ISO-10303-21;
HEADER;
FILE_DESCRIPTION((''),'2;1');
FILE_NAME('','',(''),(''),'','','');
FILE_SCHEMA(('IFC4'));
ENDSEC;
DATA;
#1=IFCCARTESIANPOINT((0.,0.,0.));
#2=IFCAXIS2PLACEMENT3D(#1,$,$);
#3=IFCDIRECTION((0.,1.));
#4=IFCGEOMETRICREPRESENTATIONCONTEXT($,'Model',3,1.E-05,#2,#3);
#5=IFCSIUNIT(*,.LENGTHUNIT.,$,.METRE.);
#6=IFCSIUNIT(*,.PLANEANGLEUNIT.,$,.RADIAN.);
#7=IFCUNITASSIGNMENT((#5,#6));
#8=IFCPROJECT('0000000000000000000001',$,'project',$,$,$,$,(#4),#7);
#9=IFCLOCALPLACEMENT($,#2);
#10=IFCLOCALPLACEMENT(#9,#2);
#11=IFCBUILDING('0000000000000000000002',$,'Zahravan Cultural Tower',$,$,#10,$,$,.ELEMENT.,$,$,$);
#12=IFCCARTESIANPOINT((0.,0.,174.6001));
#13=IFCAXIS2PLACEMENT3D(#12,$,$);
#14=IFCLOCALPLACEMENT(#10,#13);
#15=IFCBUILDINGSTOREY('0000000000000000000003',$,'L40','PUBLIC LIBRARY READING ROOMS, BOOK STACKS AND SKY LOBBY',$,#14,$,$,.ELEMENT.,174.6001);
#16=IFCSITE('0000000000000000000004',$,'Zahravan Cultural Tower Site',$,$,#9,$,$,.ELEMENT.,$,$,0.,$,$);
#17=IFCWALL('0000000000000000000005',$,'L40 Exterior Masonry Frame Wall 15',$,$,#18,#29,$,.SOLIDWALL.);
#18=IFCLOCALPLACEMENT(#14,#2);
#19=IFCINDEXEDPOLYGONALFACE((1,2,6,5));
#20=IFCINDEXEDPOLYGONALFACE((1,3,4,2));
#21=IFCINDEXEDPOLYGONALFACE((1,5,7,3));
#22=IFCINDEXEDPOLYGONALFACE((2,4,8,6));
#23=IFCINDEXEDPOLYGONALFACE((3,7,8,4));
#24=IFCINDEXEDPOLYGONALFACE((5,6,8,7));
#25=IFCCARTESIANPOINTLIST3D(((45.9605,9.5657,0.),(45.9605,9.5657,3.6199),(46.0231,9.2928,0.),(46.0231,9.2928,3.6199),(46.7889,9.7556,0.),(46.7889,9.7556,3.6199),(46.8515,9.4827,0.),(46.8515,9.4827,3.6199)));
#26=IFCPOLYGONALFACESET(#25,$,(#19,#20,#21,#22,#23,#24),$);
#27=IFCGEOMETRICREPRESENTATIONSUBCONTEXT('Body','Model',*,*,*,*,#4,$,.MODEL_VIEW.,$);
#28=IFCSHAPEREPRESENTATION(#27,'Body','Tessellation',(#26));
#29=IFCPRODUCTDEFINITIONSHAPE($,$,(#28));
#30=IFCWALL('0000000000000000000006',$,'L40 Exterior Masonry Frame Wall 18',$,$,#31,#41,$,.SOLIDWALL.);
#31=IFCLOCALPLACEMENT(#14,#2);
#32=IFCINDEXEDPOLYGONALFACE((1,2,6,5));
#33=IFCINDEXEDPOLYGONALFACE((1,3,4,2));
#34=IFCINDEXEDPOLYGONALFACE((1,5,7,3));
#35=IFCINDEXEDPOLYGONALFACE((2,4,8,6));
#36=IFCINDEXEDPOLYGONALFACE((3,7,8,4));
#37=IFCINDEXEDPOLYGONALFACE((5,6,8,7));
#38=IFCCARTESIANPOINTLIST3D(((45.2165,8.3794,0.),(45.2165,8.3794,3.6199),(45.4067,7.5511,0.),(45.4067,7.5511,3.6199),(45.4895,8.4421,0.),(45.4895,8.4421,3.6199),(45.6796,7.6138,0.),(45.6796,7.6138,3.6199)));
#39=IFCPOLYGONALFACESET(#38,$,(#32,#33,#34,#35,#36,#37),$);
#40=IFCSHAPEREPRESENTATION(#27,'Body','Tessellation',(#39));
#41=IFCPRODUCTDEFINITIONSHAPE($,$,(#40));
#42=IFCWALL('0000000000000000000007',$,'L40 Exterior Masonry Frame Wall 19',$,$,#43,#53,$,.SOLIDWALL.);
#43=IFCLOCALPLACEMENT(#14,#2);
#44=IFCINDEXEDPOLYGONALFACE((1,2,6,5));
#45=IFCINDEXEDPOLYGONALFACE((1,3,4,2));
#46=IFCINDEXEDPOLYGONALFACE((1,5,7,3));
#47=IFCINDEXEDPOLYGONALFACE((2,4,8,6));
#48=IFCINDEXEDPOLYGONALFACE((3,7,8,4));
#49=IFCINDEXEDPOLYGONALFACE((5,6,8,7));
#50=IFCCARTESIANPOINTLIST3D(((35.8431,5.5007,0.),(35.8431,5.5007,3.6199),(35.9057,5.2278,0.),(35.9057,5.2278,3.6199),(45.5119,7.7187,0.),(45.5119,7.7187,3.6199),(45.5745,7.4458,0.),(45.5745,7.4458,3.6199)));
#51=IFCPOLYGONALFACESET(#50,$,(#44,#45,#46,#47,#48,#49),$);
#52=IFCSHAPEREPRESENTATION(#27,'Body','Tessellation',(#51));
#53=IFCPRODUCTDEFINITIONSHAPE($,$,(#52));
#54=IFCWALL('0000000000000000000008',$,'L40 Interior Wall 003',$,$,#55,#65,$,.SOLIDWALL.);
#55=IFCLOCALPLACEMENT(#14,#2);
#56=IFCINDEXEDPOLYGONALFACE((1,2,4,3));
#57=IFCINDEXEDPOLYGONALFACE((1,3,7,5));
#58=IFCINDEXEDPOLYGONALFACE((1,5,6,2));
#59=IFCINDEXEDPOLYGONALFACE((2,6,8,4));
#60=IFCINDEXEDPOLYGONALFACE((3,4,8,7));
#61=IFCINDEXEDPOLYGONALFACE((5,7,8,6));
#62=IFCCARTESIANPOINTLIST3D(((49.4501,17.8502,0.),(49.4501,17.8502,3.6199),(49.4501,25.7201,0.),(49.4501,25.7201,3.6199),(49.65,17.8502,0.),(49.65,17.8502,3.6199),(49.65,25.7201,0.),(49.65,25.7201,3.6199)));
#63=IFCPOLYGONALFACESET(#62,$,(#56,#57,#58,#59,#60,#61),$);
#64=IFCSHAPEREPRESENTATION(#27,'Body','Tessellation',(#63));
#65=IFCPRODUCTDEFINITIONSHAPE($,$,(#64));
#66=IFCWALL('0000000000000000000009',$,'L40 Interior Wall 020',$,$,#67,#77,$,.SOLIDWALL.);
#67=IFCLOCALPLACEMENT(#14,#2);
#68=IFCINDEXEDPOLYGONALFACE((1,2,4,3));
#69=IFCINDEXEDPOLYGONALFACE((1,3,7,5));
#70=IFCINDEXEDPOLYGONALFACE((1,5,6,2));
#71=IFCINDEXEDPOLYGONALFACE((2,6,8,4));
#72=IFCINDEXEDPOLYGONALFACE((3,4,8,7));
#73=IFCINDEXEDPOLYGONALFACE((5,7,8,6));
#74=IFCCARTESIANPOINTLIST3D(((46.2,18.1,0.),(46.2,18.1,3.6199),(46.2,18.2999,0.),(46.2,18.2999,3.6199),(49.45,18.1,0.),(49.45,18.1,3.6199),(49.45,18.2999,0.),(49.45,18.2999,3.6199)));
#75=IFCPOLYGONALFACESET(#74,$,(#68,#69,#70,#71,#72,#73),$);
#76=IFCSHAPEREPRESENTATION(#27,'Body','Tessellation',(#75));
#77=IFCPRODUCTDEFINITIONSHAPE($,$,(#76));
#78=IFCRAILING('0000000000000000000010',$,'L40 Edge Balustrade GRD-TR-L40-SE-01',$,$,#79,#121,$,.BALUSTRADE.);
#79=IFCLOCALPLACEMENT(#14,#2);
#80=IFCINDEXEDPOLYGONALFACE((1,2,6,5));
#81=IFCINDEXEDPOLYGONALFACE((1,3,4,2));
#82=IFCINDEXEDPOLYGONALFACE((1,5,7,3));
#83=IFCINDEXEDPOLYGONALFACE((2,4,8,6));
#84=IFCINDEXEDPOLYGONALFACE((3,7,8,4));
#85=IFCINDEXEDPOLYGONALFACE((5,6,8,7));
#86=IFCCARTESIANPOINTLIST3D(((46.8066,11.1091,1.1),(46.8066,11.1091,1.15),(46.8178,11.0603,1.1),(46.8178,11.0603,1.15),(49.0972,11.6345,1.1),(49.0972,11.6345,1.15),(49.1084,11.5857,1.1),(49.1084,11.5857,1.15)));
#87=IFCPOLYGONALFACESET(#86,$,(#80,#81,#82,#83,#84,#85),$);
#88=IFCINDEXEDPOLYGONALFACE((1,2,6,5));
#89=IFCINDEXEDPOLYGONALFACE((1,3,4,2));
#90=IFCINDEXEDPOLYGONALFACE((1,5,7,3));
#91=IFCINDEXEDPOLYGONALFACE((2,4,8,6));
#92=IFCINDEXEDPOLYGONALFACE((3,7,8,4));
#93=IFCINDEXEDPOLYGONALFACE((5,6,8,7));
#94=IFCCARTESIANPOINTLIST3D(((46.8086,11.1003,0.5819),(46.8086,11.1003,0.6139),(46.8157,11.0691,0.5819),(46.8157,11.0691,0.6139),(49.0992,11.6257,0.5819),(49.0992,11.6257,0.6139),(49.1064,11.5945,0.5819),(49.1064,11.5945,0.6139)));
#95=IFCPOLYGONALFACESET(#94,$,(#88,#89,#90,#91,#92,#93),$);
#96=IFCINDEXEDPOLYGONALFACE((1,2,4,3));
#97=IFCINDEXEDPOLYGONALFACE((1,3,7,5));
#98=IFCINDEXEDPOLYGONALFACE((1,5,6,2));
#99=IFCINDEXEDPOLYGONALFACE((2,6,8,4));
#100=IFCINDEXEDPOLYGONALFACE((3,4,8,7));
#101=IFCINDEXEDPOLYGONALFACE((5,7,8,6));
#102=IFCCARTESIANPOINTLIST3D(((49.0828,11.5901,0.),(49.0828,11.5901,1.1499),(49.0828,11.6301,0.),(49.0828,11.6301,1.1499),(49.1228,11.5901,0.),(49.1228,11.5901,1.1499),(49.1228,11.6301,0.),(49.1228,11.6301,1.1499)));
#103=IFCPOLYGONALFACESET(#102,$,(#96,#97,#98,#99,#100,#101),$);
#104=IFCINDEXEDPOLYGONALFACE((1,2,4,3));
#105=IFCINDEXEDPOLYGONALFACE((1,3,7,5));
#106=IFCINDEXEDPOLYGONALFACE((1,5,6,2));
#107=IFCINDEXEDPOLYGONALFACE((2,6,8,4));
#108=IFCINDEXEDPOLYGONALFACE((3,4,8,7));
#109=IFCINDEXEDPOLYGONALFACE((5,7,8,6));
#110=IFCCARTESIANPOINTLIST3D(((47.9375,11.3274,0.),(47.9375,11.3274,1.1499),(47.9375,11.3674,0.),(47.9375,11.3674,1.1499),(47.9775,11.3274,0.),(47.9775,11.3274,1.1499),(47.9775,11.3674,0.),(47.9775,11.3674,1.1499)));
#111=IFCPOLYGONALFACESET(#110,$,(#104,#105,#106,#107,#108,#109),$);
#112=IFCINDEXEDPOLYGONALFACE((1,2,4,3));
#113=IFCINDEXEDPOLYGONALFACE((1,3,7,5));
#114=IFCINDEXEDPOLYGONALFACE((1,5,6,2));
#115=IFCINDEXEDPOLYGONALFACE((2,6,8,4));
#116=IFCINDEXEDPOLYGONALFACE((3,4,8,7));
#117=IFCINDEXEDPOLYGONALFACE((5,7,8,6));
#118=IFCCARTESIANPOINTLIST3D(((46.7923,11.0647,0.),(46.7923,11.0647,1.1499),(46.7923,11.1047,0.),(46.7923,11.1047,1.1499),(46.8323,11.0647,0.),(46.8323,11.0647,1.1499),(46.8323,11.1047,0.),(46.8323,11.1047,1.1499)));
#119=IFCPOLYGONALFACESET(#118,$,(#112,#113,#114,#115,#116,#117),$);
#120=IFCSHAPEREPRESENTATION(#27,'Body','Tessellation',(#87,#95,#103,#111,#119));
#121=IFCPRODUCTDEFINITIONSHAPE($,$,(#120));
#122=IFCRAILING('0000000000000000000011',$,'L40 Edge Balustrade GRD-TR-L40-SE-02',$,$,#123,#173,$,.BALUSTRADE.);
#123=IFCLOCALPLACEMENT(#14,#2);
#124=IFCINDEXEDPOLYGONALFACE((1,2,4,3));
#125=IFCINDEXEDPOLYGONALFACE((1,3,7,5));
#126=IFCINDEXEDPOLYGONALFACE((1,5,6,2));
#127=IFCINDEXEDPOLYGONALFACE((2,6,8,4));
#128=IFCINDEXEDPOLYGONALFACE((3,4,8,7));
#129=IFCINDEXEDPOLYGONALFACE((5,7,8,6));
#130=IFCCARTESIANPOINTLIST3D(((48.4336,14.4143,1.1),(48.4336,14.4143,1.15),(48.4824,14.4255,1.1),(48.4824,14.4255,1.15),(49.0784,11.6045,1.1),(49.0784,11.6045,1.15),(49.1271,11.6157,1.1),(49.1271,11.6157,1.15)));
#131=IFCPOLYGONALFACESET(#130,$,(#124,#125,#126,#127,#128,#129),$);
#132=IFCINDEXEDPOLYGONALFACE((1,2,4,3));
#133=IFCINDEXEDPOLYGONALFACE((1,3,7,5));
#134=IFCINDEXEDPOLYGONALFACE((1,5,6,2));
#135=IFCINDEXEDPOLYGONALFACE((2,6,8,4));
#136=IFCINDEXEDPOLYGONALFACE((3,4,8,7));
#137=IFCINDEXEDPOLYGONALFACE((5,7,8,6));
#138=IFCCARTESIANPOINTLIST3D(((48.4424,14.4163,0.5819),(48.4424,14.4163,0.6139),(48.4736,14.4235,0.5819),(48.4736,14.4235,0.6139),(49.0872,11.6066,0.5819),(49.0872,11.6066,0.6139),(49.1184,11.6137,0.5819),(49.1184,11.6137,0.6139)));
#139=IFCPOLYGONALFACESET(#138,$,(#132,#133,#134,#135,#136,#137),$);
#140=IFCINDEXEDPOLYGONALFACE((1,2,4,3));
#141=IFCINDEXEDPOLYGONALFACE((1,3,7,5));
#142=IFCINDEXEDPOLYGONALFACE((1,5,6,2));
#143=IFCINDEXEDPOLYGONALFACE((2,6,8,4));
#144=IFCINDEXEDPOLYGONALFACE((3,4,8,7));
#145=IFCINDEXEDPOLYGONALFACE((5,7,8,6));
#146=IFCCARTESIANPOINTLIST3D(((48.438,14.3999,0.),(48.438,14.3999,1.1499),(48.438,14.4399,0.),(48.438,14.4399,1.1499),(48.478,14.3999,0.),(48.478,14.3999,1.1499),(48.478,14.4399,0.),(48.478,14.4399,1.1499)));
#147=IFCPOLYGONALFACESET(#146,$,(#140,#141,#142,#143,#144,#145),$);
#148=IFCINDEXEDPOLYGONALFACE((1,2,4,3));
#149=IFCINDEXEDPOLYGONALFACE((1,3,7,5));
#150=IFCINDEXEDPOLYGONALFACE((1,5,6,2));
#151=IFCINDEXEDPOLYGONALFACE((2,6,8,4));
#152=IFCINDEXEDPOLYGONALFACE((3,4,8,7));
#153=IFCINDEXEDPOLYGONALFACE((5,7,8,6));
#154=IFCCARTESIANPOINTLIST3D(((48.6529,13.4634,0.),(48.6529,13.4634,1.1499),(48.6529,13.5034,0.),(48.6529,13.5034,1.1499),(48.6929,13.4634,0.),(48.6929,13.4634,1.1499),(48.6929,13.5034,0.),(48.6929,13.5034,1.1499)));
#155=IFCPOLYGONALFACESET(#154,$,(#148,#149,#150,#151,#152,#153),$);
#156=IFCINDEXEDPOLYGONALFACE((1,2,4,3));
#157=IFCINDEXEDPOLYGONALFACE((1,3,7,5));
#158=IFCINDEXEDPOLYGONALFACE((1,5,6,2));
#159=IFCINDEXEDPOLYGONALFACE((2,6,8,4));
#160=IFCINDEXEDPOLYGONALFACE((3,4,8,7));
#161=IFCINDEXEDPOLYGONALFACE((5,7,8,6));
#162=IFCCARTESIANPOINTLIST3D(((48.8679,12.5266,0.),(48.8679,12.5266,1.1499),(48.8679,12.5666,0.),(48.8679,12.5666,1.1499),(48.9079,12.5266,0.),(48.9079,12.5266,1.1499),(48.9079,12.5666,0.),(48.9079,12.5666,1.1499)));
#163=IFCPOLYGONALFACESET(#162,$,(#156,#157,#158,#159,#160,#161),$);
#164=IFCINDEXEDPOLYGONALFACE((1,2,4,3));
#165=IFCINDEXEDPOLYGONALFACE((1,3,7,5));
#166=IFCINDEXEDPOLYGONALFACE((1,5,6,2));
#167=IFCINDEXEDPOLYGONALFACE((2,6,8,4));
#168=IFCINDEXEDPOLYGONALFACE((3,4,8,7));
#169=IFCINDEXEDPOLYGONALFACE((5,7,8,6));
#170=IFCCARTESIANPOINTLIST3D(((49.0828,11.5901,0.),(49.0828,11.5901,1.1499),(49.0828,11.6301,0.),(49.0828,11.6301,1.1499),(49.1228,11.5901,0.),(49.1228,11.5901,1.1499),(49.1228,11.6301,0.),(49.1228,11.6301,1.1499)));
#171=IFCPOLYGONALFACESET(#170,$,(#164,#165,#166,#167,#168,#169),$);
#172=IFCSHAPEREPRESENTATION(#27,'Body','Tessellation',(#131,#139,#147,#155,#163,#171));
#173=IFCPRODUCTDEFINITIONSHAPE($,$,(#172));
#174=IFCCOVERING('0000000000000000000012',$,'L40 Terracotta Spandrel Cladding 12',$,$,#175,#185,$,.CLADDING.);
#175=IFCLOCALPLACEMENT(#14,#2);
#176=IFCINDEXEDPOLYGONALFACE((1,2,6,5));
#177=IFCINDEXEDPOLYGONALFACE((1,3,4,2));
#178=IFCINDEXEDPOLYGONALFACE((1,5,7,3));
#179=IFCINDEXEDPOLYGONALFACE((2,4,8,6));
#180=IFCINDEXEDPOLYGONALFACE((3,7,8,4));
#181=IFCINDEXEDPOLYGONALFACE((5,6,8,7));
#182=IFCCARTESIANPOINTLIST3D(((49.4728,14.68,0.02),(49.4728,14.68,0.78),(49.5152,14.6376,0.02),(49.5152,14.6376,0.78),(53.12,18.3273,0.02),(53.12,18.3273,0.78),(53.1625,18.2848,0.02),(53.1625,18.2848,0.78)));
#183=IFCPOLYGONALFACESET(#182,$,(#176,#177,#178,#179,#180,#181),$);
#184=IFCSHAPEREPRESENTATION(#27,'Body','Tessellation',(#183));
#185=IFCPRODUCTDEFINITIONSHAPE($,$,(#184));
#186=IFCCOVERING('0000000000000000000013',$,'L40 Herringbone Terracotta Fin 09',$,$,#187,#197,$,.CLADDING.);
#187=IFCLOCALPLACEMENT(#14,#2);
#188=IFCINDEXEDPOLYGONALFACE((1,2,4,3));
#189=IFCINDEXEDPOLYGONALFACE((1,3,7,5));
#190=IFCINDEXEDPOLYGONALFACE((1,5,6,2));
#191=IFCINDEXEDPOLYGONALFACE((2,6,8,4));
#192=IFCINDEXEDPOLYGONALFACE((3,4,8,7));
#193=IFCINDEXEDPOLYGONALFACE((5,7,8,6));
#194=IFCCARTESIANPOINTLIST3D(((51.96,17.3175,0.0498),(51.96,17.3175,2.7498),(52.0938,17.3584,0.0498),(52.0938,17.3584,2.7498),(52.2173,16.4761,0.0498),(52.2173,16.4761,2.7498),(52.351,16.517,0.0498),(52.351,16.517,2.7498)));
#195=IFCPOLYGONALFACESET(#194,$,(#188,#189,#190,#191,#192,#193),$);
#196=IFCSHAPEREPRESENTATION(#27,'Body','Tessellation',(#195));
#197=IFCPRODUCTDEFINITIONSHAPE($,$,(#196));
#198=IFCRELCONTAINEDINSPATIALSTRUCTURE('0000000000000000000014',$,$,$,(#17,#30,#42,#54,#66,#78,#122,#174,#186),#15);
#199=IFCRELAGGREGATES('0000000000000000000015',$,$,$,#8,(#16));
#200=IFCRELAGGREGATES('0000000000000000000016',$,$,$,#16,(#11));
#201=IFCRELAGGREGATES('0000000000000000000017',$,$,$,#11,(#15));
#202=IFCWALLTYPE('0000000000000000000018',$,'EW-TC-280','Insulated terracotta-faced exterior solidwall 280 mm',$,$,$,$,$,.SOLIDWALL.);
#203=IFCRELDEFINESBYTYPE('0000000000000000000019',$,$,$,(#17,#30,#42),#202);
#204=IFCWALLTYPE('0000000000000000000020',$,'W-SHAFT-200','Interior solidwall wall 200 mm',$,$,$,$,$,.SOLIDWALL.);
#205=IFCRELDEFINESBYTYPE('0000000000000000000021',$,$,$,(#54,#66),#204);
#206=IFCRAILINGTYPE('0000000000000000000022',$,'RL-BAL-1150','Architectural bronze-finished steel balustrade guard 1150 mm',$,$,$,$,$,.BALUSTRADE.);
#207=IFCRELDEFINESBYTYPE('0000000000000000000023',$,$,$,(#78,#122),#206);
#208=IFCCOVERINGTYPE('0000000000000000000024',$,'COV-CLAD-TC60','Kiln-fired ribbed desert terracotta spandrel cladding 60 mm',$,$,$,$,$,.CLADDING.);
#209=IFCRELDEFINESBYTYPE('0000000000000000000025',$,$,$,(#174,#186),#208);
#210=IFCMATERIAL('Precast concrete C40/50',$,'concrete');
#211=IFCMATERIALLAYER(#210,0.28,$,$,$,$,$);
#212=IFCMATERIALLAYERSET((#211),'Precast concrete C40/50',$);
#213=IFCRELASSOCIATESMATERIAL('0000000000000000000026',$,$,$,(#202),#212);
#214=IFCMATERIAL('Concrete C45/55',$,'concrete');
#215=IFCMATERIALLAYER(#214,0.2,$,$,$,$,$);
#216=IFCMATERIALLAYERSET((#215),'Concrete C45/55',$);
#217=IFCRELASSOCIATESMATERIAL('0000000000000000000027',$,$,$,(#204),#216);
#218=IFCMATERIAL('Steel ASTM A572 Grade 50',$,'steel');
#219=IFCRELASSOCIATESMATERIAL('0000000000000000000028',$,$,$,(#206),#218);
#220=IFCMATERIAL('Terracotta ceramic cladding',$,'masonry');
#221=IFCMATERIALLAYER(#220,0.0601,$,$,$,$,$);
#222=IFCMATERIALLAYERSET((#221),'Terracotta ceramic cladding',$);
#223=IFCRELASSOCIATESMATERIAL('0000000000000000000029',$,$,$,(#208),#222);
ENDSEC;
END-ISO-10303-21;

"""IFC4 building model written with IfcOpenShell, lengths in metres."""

from ifc_helpers import new_model, si_unit, direction, frame, frame_2d, origin, origin_2d, place, context, subcontext, project, spatial, rectangle, extrude, source, transform, mapped, material, layer, layer_set, type_object, element, save


model = new_model("IFC4")

# Units and contexts
model_context = context("Model", 3, precision=1e-05, world=origin(), true_north=direction((0.0, 1.0)))
body_context = subcontext(model_context, "Body", "Model", "MODEL_VIEW")
ifc_project = project(units=[si_unit("LENGTHUNIT", "METRE"), si_unit("PLANEANGLEUNIT", "RADIAN")], contexts=[model_context])

# Site, building, storey
site_placement = place(None, origin())
site = spatial("IfcSite", under=ifc_project, at=site_placement, Name="Zahravan Cultural Tower Site", CompositionType="ELEMENT", RefElevation=0.0)
building_placement = place(site_placement, origin())
building = spatial("IfcBuilding", under=site, at=building_placement, Name="Zahravan Cultural Tower", CompositionType="ELEMENT")
storey_placement = place(building_placement, frame((0.0, 0.0, 174.6001)))
storey = spatial("IfcBuildingStorey", under=building, at=storey_placement, Name="L40", Description="PUBLIC LIBRARY READING ROOMS, BOOK STACKS AND SKY LOBBY", CompositionType="ELEMENT", Elevation=174.6001)

# Shared definitions
ifc_material_1 = material(Name="Precast concrete C40/50", Category="concrete")
ifc_layer_1 = layer(ifc_material_1, 0.28)
ifc_layer_set_1 = layer_set([ifc_layer_1], Name="Precast concrete C40/50")
wall_type_1 = type_object("IfcWallType", Name="EW-TC-280", Description="Insulated terracotta-faced exterior solidwall 280 mm", PredefinedType="SOLIDWALL", material=ifc_layer_set_1)

# Shared definitions
ifc_material_2 = material(Name="Concrete C45/55", Category="concrete")
ifc_layer_2 = layer(ifc_material_2, 0.2)
ifc_layer_set_2 = layer_set([ifc_layer_2], Name="Concrete C45/55")
wall_type_2 = type_object("IfcWallType", Name="W-SHAFT-200", Description="Interior solidwall wall 200 mm", PredefinedType="SOLIDWALL", material=ifc_layer_set_2)
ifc_material_3 = material(Name="Steel ASTM A572 Grade 50", Category="steel")

# Walls
shared_shape_1 = source(origin(), body_context, "Body", "SweptSolid", [
    extrude(rectangle(XDim=0.8499, YDim=0.28, at=frame_2d((0.4248, 0.0))), origin(), (0.0, 0.0, 1.0), 3.6199),
])
for number, where, z_axis, x_axis, name in (
    (1, (46.8201, 9.6191, 0.0), (0.0, 0.0, 1.0), (-0.974705, -0.223496, 0.0), "L40 Exterior Masonry Frame Wall 15"),
    (2, (45.353, 8.4106, 0.0), (0.0, 0.0, 1.0), (0.223768, -0.974642, 0.0), "L40 Exterior Masonry Frame Wall 18"),
):
    element("IfcWall", number, at=place(storey_placement, frame(where, z_axis=z_axis, x_axis=x_axis)), inside=storey, type_object=wall_type_1, Name=name, PredefinedType="SOLIDWALL", context=body_context, shape_type="MappedRepresentation", body=[
        mapped(shared_shape_1, transform((0.0, 0.0, 0.0), x_axis=(1.0, 0.0, 0.0), y_axis=(0.0, 1.0, 0.0), z_axis=(0.0, 0.0, 1.0), scale=1.0)),
    ])
shared_shape_2 = source(origin(), body_context, "Body", "SweptSolid", [
    extrude(rectangle(XDim=9.9199, YDim=0.28, at=frame_2d((4.96, 0.0))), origin(), (0.0, 0.0, 1.0), 3.6199),
])
wall_1_placement = place(storey_placement, frame((45.5432, 7.5823, 0.0), z_axis=(0.0, 0.0, 1.0), x_axis=(-0.974682, -0.223594, 0.0)))
element("IfcWall", 3, at=wall_1_placement, inside=storey, type_object=wall_type_1, Name="L40 Exterior Masonry Frame Wall 19", PredefinedType="SOLIDWALL", context=body_context, shape_type="MappedRepresentation", body=[
    mapped(shared_shape_2, transform((0.0, 0.0, 0.0), x_axis=(1.0, 0.0, 0.0), y_axis=(0.0, 1.0, 0.0), z_axis=(0.0, 0.0, 1.0), scale=1.0)),
])
shared_shape_3 = source(origin(), body_context, "Body", "SweptSolid", [
    extrude(rectangle(XDim=7.8699, YDim=0.2, at=frame_2d((3.9351, 0.0))), origin(), (0.0, 0.0, 1.0), 3.6199),
])
wall_2_placement = place(storey_placement, frame((49.55, 17.8501, 0.0), z_axis=(0.0, 0.0, 1.0), x_axis=(0.0, 1.0, 0.0)))
element("IfcWall", 4, at=wall_2_placement, inside=storey, type_object=wall_type_2, Name="L40 Interior Wall 003", PredefinedType="SOLIDWALL", context=body_context, shape_type="MappedRepresentation", body=[
    mapped(shared_shape_3, transform((0.0, 0.0, 0.0), x_axis=(1.0, 0.0, 0.0), y_axis=(0.0, 1.0, 0.0), z_axis=(0.0, 0.0, 1.0), scale=1.0)),
])
shared_shape_4 = source(origin(), body_context, "Body", "SweptSolid", [
    extrude(rectangle(XDim=3.25, YDim=0.2, at=frame_2d((1.625, 0.0))), origin(), (0.0, 0.0, 1.0), 3.6199),
])
wall_3_placement = place(storey_placement, frame((46.2, 18.2, 0.0), z_axis=(0.0, 0.0, 1.0), x_axis=(1.0, 0.0, 0.0)))
element("IfcWall", 5, at=wall_3_placement, inside=storey, type_object=wall_type_2, Name="L40 Interior Wall 020", PredefinedType="SOLIDWALL", context=body_context, shape_type="MappedRepresentation", body=[
    mapped(shared_shape_4, transform((0.0, 0.0, 0.0), x_axis=(1.0, 0.0, 0.0), y_axis=(0.0, 1.0, 0.0), z_axis=(0.0, 0.0, 1.0), scale=1.0)),
])

# Railings
railing_type = type_object("IfcRailingType", Name="RL-BAL-1150", Description="Architectural bronze-finished steel balustrade guard 1150 mm", PredefinedType="BALUSTRADE", material=ifc_material_3)
railing_1_placement = place(storey_placement, frame((49.1028, 11.6101, 0.0)))
element("IfcRailing", 6, at=railing_1_placement, inside=storey, type_object=railing_type, Name="L40 Edge Balustrade GRD-TR-L40-SE-01", PredefinedType="BALUSTRADE", context=body_context, shape_type="SweptSolid", body=[
    extrude(rectangle(XDim=0.05, YDim=0.05, at=origin_2d()), frame((0.0, 0.0, 1.125), z_axis=(-0.974688, -0.223569, 0.0), x_axis=(0.223569, -0.974688, 0.0)), (0.0, 0.0, 1.0), 2.3501),
    extrude(rectangle(XDim=0.032, YDim=0.032, at=origin_2d()), frame((0.0, 0.0, 0.5979), z_axis=(-0.974688, -0.223569, 0.0), x_axis=(0.223569, -0.974688, 0.0)), (0.0, 0.0, 1.0), 2.3501),
    extrude(rectangle(XDim=0.04, YDim=0.04, at=origin_2d()), origin(), (0.0, 0.0, 1.0), 1.1499),
    extrude(rectangle(XDim=0.04, YDim=0.04, at=origin_2d()), frame((-1.1453, -0.2627, 0.0)), (0.0, 0.0, 1.0), 1.1499),
    extrude(rectangle(XDim=0.04, YDim=0.04, at=origin_2d()), frame((-2.2905, -0.5254, 0.0)), (0.0, 0.0, 1.0), 1.1499),
])
railing_2_placement = place(storey_placement, frame((48.458, 14.4199, 0.0)))
element("IfcRailing", 7, at=railing_2_placement, inside=storey, type_object=railing_type, Name="L40 Edge Balustrade GRD-TR-L40-SE-02", PredefinedType="BALUSTRADE", context=body_context, shape_type="SweptSolid", body=[
    extrude(rectangle(XDim=0.05, YDim=0.05, at=origin_2d()), frame((0.0, 0.0, 1.125), z_axis=(0.223659, -0.974667, 0.0), x_axis=(0.974667, 0.223659, 0.0)), (0.0, 0.0, 1.0), 2.8828),
    extrude(rectangle(XDim=0.032, YDim=0.032, at=origin_2d()), frame((0.0, 0.0, 0.5979), z_axis=(0.223659, -0.974667, 0.0), x_axis=(0.974667, 0.223659, 0.0)), (0.0, 0.0, 1.0), 2.8828),
    extrude(rectangle(XDim=0.04, YDim=0.04, at=origin_2d()), origin(), (0.0, 0.0, 1.0), 1.1499),
    extrude(rectangle(XDim=0.04, YDim=0.04, at=origin_2d()), frame((0.2148, -0.9365, 0.0)), (0.0, 0.0, 1.0), 1.1499),
    extrude(rectangle(XDim=0.04, YDim=0.04, at=origin_2d()), frame((0.4299, -1.8733, 0.0)), (0.0, 0.0, 1.0), 1.1499),
    extrude(rectangle(XDim=0.04, YDim=0.04, at=origin_2d()), frame((0.6448, -2.8098, 0.0)), (0.0, 0.0, 1.0), 1.1499),
])

# Coverings
ifc_material_4 = material(Name="Terracotta ceramic cladding", Category="masonry")
ifc_layer_3 = layer(ifc_material_4, 0.0601)
ifc_layer_set_3 = layer_set([ifc_layer_3], Name="Terracotta ceramic cladding")
covering_type = type_object("IfcCoveringType", Name="COV-CLAD-TC60", Description="Kiln-fired ribbed desert terracotta spandrel cladding 60 mm", PredefinedType="CLADDING", material=ifc_layer_set_3)
shared_shape_5 = source(origin(), body_context, "Body", "SweptSolid", [
    extrude(rectangle(XDim=5.158, YDim=0.0601, at=origin_2d()), origin(), (0.0, 0.0, 1.0), 0.76),
])
covering_1_placement = place(storey_placement, frame((51.3176, 16.4824, 0.02), z_axis=(0.0, 0.0, 1.0), x_axis=(-0.707107, -0.707107, 0.0)))
element("IfcCovering", 8, at=covering_1_placement, inside=storey, type_object=covering_type, Name="L40 Terracotta Spandrel Cladding 12", PredefinedType="CLADDING", context=body_context, shape_type="MappedRepresentation", body=[
    mapped(shared_shape_5, transform((0.0, 0.0, 0.0), x_axis=(1.0, 0.0, 0.0), y_axis=(0.0, 1.0, 0.0), z_axis=(0.0, 0.0, 1.0), scale=1.0)),
])
shared_shape_6 = source(origin(), body_context, "Body", "SweptSolid", [
    extrude(rectangle(XDim=0.8799, YDim=0.1399, at=origin_2d()), origin(), (0.0, 0.0, 1.0), 2.7),
])
for number, where, z_axis, x_axis, name in (
    (9, (52.1555, 16.9172, 0.0498), (0.0, 0.0, 1.0), (0.292372, -0.956305, 0.0), "L40 Herringbone Terracotta Fin 09"),
):
    element("IfcCovering", number, at=place(storey_placement, frame(where, z_axis=z_axis, x_axis=x_axis)), inside=storey, type_object=covering_type, Name=name, PredefinedType="CLADDING", context=body_context, shape_type="MappedRepresentation", body=[
        mapped(shared_shape_6, transform((0.0, 0.0, 0.0), x_axis=(1.0, 0.0, 0.0), y_axis=(0.0, 1.0, 0.0), z_axis=(0.0, 0.0, 1.0), scale=1.0)),
    ])

save(model, "model.ifc")
